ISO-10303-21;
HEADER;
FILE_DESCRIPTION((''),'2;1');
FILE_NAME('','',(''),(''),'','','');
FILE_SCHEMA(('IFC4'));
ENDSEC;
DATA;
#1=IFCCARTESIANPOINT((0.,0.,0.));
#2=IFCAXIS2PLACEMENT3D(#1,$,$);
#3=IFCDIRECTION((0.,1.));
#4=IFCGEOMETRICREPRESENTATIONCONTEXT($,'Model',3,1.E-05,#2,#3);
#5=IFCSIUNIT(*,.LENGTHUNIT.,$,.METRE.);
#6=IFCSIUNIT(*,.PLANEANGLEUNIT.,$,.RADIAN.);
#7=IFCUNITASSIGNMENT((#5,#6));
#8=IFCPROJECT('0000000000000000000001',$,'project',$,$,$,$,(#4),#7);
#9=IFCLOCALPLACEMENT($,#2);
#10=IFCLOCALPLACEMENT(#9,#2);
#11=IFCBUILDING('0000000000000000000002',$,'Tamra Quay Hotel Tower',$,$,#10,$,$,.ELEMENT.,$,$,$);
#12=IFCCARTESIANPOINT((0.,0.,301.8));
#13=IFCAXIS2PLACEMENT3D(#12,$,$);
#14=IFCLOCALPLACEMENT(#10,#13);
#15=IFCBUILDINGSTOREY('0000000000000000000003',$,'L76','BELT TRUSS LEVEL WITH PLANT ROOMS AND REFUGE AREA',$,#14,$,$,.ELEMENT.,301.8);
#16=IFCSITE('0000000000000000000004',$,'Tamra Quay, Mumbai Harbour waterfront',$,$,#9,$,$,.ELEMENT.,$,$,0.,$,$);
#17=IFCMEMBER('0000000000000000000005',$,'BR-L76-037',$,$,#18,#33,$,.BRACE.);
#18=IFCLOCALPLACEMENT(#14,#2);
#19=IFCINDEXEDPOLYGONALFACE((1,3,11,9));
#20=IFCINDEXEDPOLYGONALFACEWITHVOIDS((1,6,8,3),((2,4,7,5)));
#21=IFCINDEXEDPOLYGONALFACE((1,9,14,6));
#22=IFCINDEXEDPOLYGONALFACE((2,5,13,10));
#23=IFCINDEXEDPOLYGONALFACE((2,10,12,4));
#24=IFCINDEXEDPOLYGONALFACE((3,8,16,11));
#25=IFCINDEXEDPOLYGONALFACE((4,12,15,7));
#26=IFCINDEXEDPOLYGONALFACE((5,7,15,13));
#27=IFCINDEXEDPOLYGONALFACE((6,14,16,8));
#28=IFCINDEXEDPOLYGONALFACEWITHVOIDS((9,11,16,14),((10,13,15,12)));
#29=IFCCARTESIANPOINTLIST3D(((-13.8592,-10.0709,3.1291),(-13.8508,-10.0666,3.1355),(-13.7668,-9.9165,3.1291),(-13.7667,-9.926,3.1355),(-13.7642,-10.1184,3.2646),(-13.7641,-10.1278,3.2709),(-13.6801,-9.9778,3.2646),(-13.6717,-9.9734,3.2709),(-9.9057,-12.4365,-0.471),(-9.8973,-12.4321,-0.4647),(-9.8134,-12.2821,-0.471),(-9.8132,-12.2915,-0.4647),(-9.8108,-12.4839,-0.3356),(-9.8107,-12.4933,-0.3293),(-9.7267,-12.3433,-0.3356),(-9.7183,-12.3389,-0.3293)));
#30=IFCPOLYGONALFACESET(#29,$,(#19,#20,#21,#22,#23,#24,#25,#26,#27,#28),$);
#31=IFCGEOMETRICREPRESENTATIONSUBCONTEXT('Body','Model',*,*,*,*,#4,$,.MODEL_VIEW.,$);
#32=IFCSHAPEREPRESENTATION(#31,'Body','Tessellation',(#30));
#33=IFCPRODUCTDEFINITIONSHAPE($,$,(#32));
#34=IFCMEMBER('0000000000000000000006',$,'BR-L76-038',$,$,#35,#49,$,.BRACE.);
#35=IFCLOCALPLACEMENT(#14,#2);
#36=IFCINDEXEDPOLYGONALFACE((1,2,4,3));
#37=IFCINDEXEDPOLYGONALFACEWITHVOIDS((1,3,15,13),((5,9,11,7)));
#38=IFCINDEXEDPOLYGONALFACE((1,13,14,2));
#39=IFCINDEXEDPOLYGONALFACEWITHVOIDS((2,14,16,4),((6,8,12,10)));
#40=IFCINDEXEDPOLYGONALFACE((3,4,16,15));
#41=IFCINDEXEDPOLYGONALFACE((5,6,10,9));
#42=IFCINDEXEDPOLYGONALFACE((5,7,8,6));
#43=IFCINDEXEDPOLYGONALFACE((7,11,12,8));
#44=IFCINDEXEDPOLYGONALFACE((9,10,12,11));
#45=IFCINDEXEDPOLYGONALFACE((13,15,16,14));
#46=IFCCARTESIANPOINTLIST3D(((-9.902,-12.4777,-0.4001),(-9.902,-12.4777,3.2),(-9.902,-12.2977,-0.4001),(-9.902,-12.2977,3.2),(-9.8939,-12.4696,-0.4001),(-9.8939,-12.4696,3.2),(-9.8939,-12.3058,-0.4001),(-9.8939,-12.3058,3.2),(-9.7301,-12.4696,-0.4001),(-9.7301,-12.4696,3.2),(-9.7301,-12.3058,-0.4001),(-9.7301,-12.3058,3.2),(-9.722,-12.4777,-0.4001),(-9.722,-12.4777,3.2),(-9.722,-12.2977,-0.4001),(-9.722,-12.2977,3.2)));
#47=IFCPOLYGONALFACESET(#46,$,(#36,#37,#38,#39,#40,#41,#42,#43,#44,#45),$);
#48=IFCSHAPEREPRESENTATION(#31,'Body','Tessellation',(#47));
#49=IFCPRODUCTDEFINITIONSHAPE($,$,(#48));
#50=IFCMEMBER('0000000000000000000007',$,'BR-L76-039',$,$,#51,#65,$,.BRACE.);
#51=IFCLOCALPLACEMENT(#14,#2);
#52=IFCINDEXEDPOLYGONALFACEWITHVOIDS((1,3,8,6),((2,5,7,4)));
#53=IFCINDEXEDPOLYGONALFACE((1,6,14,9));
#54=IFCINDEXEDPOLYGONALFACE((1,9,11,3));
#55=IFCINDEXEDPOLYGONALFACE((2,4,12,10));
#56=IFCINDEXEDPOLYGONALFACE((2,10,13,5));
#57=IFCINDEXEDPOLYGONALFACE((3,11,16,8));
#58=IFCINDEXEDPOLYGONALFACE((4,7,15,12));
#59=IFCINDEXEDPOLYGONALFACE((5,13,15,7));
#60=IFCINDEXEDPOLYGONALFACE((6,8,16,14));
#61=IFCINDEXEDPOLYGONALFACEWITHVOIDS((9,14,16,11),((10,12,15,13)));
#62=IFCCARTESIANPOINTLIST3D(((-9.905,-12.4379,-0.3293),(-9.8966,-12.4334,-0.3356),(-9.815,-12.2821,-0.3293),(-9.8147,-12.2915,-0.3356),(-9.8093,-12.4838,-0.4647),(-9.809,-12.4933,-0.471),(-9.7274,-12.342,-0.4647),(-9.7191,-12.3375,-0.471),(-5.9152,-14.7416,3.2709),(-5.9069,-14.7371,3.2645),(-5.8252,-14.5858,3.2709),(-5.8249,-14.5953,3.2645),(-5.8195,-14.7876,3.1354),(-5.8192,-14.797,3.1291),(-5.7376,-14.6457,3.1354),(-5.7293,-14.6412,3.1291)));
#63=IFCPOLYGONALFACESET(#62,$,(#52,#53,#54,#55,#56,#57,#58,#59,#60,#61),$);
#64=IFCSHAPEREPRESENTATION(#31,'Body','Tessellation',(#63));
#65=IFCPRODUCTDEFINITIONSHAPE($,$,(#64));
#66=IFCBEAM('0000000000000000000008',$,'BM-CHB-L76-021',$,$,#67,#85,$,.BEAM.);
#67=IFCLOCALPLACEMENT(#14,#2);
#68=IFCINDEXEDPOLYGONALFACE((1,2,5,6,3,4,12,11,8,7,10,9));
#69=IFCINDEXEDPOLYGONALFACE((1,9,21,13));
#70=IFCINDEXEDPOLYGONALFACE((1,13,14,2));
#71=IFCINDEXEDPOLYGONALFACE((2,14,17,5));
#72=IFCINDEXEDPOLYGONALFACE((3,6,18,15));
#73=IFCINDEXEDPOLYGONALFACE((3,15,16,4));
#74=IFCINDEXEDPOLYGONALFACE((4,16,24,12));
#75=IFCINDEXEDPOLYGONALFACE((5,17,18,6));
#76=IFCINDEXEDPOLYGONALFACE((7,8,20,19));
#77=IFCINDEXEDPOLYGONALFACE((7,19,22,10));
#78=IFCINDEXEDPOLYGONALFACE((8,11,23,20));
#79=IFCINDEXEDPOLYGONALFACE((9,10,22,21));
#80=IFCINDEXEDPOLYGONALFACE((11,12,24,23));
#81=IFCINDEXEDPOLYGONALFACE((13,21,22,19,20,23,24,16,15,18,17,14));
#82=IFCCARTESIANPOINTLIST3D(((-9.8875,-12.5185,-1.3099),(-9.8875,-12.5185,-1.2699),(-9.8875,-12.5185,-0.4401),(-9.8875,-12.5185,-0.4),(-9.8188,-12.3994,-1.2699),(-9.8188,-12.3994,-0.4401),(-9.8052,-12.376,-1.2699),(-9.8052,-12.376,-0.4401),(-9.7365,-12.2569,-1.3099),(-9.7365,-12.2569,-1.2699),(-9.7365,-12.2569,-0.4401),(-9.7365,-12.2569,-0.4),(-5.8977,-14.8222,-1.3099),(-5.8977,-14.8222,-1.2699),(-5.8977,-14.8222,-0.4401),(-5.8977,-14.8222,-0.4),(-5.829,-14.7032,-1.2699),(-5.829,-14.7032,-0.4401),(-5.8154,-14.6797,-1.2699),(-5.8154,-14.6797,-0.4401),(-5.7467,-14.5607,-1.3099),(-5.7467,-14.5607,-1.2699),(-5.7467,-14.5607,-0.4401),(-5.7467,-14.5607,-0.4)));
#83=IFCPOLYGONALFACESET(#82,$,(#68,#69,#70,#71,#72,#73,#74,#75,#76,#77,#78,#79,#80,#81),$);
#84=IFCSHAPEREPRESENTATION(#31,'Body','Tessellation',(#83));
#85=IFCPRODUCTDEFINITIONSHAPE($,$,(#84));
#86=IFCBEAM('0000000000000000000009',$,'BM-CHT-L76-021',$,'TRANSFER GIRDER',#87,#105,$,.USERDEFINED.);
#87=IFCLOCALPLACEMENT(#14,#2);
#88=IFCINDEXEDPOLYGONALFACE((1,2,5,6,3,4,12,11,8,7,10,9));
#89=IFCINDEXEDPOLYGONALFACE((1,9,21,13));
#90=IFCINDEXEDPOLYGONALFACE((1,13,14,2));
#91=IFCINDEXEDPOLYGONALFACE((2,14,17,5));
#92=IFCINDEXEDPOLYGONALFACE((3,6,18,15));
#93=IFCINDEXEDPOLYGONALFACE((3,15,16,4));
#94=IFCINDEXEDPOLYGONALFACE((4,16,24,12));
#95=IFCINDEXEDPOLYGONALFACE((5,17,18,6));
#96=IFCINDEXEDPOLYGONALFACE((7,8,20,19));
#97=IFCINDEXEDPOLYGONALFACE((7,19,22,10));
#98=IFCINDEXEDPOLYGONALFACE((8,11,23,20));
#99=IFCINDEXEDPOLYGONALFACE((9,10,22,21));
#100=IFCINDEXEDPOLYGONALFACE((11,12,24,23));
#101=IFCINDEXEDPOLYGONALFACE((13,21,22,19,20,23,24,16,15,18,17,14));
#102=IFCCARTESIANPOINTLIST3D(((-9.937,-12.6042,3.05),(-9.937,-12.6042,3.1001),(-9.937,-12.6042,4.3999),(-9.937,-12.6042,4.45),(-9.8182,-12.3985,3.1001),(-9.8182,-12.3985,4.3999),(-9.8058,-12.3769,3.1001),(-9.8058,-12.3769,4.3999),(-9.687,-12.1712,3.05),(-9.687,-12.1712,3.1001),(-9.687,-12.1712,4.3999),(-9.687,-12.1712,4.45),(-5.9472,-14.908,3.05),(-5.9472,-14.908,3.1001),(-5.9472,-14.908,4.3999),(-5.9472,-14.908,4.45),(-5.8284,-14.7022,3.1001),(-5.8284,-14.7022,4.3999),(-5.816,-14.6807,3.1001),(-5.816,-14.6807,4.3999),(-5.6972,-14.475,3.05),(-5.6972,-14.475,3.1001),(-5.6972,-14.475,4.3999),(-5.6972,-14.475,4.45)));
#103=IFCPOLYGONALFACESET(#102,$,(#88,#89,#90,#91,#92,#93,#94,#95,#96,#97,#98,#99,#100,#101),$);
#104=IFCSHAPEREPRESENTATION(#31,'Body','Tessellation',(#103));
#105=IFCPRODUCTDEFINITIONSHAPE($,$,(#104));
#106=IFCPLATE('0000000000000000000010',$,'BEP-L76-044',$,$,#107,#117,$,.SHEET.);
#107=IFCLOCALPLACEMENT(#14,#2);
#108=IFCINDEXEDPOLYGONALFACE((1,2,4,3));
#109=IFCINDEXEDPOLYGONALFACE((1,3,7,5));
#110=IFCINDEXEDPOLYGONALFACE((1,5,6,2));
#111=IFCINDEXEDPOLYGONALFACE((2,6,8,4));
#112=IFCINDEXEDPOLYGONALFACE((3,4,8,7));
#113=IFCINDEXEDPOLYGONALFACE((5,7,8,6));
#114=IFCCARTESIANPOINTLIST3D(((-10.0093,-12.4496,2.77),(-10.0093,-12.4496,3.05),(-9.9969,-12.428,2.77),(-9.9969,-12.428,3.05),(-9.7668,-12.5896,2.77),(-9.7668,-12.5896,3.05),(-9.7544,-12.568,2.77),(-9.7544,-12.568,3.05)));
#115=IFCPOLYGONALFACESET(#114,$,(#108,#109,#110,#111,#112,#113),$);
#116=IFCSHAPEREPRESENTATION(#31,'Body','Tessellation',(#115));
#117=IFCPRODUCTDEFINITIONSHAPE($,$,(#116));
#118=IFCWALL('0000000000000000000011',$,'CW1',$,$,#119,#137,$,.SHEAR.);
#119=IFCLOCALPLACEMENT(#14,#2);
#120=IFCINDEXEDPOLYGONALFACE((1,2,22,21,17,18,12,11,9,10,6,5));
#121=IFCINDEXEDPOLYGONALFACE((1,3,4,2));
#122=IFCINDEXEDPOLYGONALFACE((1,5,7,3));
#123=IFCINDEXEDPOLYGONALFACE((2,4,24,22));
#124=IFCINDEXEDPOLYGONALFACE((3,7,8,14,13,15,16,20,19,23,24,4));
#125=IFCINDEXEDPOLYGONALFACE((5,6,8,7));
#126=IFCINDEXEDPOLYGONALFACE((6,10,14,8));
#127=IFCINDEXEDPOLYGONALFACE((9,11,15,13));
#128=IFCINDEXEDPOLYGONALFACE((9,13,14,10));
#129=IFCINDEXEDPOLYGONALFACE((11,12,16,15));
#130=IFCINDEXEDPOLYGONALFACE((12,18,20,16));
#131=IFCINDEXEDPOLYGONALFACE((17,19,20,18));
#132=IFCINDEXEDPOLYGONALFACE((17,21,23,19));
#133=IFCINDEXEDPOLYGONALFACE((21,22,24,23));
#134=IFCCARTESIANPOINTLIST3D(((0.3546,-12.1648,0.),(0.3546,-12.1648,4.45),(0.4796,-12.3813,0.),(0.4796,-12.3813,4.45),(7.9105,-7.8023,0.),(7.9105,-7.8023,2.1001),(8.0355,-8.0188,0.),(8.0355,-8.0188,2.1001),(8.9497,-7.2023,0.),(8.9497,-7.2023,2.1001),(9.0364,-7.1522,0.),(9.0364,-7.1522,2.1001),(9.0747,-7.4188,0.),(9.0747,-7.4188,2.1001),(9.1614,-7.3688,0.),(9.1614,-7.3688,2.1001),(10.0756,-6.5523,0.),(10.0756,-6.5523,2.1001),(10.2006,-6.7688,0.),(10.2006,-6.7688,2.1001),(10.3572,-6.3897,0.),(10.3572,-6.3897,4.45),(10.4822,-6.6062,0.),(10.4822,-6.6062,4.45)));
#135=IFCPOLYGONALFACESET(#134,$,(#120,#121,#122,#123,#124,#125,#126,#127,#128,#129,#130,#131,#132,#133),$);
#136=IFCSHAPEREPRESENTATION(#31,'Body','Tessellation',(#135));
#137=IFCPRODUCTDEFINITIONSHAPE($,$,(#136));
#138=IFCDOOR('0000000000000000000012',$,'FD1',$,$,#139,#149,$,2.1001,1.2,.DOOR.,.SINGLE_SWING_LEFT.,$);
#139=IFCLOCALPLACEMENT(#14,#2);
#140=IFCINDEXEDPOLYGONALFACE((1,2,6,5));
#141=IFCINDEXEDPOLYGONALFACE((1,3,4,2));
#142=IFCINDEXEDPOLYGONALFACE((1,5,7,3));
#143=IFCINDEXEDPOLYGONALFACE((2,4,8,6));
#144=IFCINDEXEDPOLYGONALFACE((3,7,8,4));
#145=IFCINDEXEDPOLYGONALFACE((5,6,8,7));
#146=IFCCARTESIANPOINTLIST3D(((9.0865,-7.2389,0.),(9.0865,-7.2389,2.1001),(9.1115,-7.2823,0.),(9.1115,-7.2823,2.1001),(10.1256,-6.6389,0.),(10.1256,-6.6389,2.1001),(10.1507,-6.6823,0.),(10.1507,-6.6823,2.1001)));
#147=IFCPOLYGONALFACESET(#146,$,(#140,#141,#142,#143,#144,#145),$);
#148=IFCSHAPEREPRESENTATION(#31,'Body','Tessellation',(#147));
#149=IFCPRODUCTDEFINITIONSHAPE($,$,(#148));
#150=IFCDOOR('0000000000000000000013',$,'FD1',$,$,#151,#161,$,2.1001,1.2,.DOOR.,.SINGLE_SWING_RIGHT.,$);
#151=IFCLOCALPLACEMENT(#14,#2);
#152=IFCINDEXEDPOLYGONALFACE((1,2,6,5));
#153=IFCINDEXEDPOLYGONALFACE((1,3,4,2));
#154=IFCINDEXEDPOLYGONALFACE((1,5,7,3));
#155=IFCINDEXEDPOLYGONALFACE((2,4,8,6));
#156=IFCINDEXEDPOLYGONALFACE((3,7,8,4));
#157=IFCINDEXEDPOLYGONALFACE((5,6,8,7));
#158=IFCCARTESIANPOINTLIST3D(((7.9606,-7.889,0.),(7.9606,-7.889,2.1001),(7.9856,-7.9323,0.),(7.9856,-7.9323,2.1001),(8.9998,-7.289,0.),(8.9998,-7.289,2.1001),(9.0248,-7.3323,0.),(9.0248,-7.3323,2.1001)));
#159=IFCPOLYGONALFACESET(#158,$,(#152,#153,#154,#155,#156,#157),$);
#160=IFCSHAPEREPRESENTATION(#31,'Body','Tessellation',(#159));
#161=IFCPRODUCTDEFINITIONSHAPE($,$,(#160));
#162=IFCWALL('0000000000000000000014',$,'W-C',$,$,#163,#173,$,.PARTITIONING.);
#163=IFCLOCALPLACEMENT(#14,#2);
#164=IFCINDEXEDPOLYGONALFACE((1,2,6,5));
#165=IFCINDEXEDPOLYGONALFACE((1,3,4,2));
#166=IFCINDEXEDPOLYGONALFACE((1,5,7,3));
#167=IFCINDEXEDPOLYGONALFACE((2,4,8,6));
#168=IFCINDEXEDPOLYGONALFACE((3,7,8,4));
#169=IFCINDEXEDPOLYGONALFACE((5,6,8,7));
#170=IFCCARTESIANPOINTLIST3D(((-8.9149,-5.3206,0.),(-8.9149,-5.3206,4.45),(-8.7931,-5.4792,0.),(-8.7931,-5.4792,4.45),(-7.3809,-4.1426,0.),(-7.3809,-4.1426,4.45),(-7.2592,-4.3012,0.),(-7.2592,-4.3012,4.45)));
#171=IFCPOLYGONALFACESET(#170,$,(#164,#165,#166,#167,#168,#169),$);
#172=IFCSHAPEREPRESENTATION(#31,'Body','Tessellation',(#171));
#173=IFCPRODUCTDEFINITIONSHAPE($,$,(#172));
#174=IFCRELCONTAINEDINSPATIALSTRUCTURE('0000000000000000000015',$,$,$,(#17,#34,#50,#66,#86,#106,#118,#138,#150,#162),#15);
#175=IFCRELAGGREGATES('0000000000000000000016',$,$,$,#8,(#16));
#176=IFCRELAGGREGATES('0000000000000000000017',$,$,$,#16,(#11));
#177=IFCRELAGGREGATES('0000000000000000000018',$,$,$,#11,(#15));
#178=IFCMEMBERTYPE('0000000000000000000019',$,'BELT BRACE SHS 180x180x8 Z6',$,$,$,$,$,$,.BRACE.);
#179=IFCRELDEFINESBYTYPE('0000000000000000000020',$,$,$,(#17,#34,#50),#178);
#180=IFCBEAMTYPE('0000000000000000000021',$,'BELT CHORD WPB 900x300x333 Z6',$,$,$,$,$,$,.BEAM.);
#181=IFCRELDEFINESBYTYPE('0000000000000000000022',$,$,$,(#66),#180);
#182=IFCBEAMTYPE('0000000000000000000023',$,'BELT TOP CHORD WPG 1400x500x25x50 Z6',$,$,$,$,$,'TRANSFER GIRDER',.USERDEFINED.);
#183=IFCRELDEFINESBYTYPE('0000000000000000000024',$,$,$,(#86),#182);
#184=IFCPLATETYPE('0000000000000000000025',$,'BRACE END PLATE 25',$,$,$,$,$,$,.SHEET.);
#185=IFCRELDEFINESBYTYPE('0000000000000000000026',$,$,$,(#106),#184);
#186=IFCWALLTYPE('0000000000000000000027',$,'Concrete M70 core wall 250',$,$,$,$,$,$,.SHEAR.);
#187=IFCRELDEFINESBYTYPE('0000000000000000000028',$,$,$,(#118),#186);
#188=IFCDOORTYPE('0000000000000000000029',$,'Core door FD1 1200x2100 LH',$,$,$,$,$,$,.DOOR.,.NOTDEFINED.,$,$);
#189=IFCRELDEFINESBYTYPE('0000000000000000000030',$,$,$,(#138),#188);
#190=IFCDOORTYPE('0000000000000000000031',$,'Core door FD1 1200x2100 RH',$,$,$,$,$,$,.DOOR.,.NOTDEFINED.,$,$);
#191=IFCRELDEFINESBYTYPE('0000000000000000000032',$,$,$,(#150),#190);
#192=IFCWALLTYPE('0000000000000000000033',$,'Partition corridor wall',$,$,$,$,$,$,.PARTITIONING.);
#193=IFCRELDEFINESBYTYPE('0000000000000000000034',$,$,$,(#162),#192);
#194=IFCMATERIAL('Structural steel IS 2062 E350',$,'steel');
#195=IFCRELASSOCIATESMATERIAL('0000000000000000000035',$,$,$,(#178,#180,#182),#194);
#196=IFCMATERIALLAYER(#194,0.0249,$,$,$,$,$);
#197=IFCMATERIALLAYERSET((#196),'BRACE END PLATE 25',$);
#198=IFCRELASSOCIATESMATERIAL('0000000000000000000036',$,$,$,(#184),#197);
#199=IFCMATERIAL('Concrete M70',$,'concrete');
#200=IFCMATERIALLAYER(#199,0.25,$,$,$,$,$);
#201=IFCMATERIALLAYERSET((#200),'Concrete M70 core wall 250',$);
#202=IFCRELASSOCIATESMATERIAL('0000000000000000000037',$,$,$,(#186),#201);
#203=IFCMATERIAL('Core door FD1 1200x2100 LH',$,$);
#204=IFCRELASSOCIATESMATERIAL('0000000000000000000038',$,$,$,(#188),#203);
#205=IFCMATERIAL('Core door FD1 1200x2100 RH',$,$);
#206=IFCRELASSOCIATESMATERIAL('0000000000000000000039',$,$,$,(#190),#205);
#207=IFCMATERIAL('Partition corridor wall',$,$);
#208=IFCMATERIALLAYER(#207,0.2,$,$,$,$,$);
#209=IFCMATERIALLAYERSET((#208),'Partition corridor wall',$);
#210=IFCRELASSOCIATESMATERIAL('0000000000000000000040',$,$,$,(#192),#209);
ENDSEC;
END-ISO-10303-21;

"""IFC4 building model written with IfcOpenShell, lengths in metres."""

from ifc_helpers import new_model, si_unit, direction, frame, frame_2d, origin, origin_2d, place, context, subcontext, project, spatial, rectangle, hollow_rectangle, i_section, extrude, material, layer, layer_set, material_profile, profile_set, type_object, element, fill, save


model = new_model("IFC4")

# Units and contexts
model_context = context("Model", 3, precision=1e-05, world=origin(), true_north=direction((0.0, 1.0)))
body_context = subcontext(model_context, "Body", "Model", "MODEL_VIEW")
ifc_project = project(units=[si_unit("LENGTHUNIT", "METRE"), si_unit("PLANEANGLEUNIT", "RADIAN")], contexts=[model_context])

# Site, building, storey
site_placement = place(None, origin())
site = spatial("IfcSite", under=ifc_project, at=site_placement, Name="Tamra Quay, Mumbai Harbour waterfront", CompositionType="ELEMENT", RefElevation=0.0)
building_placement = place(site_placement, origin())
building = spatial("IfcBuilding", under=site, at=building_placement, Name="Tamra Quay Hotel Tower", CompositionType="ELEMENT")
storey_placement = place(building_placement, frame((0.0, 0.0, 301.8)))
storey = spatial("IfcBuildingStorey", under=building, at=storey_placement, Name="L76", Description="BELT TRUSS LEVEL WITH PLANT ROOMS AND REFUGE AREA", CompositionType="ELEMENT", Elevation=301.8)

# Members
ifc_material_1 = material(Name="Structural steel IS 2062 E350", Category="steel")
ifc_material_profile_1 = material_profile(ifc_material_1, hollow_rectangle(XDim=0.1799, YDim=0.1799, WallThickness=0.0081, at=origin_2d()), Name="SHS 180x180x8")
ifc_profile_set_1 = profile_set([ifc_material_profile_1], Name="Structural steel IS 2062 E350")
member_type = type_object("IfcMemberType", Name="BELT BRACE SHS 180x180x8 Z6", PredefinedType="BRACE", material=ifc_profile_set_1)
member_1_placement = place(storey_placement, frame((-9.812, -12.3877, -0.4001), z_axis=(-0.676157, 0.404575, 0.615736), x_axis=(-0.513451, -0.858119, 0.0)))
element("IfcMember", 1, at=member_1_placement, inside=storey, type_object=member_type, Name="BR-L76-037", PredefinedType="BRACE", context=body_context, shape_type="SweptSolid", body=[
    extrude(hollow_rectangle(XDim=0.1799, YDim=0.1799, WallThickness=0.0081, at=origin_2d()), origin(), (0.0, 0.0, 1.0), 5.8469),
])
member_2_placement = place(storey_placement, frame((-9.812, -12.3877, -0.4001), z_axis=(0.0, 0.0, 1.0), x_axis=(1.0, 0.0, 0.0)))
element("IfcMember", 2, at=member_2_placement, inside=storey, type_object=member_type, Name="BR-L76-038", PredefinedType="BRACE", context=body_context, shape_type="SweptSolid", body=[
    extrude(hollow_rectangle(XDim=0.1799, YDim=0.1799, WallThickness=0.0081, at=origin_2d()), origin(), (0.0, 0.0, 1.0), 3.6001),
])
member_3_placement = place(storey_placement, frame((-9.812, -12.3877, -0.4001), z_axis=(0.682373, -0.394008, 0.615731), x_axis=(0.500037, 0.866004, 0.0)))
element("IfcMember", 3, at=member_3_placement, inside=storey, type_object=member_type, Name="BR-L76-039", PredefinedType="BRACE", context=body_context, shape_type="SweptSolid", body=[
    extrude(hollow_rectangle(XDim=0.1799, YDim=0.1799, WallThickness=0.0081, at=origin_2d()), origin(), (0.0, 0.0, 1.0), 5.8469),
])

# Beams
ifc_material_profile_2 = material_profile(ifc_material_1, i_section(OverallWidth=0.302, OverallDepth=0.9099, WebThickness=0.0271, FlangeThickness=0.04, at=origin_2d()), Name="WPB 900x300x333")
ifc_profile_set_2 = profile_set([ifc_material_profile_2], Name="Structural steel IS 2062 E350")
beam_type_1 = type_object("IfcBeamType", Name="BELT CHORD WPB 900x300x333 Z6", PredefinedType="BEAM", material=ifc_profile_set_2)
beam_1_placement = place(storey_placement, frame((-9.812, -12.3877, -0.855), z_axis=(0.866004, -0.500037, 0.0), x_axis=(0.500037, 0.866004, 0.0)))
element("IfcBeam", 4, at=beam_1_placement, inside=storey, type_object=beam_type_1, Name="BM-CHB-L76-021", PredefinedType="BEAM", context=body_context, shape_type="SweptSolid", body=[
    extrude(i_section(OverallWidth=0.302, OverallDepth=0.9099, WebThickness=0.0271, FlangeThickness=0.04, at=origin_2d()), origin(), (0.0, 0.0, 1.0), 4.6072),
])
ifc_material_profile_3 = material_profile(ifc_material_1, i_section(OverallWidth=0.5, OverallDepth=1.3999, WebThickness=0.0249, FlangeThickness=0.05, at=origin_2d()), Name="WPG 1400x500x25x50")
ifc_profile_set_3 = profile_set([ifc_material_profile_3], Name="Structural steel IS 2062 E350")
beam_type_2 = type_object("IfcBeamType", Name="BELT TOP CHORD WPG 1400x500x25x50 Z6", ElementType="TRANSFER GIRDER", PredefinedType="USERDEFINED", material=ifc_profile_set_3)
beam_2_placement = place(storey_placement, frame((-9.812, -12.3877, 3.75), z_axis=(0.866004, -0.500037, 0.0), x_axis=(0.500037, 0.866004, 0.0)))
element("IfcBeam", 5, at=beam_2_placement, inside=storey, type_object=beam_type_2, Name="BM-CHT-L76-021", ObjectType="TRANSFER GIRDER", PredefinedType="USERDEFINED", context=body_context, shape_type="SweptSolid", body=[
    extrude(i_section(OverallWidth=0.5, OverallDepth=1.3999, WebThickness=0.0249, FlangeThickness=0.05, at=origin_2d()), origin(), (0.0, 0.0, 1.0), 4.6072),
])

# Plate
ifc_layer_1 = layer(ifc_material_1, 0.0249)
ifc_layer_set_1 = layer_set([ifc_layer_1], Name="BRACE END PLATE 25")
plate_type = type_object("IfcPlateType", Name="BRACE END PLATE 25", PredefinedType="SHEET", material=ifc_layer_set_1)
plate_placement = place(storey_placement, frame((-9.8818, -12.5088, 2.77), z_axis=(0.0, 0.0, 1.0), x_axis=(0.499998, 0.866026, 0.0)))
element("IfcPlate", 6, at=plate_placement, inside=storey, type_object=plate_type, Name="BEP-L76-044", PredefinedType="SHEET", context=body_context, shape_type="SweptSolid", body=[
    extrude(rectangle(XDim=0.0249, YDim=0.28, at=origin_2d()), origin(), (0.0, 0.0, 1.0), 0.28),
])

# Wall, openings, doors
ifc_material_2 = material(Name="Concrete M70", Category="concrete")
ifc_layer_2 = layer(ifc_material_2, 0.25)
ifc_layer_set_2 = layer_set([ifc_layer_2], Name="Concrete M70 core wall 250")
wall_type_1 = type_object("IfcWallType", Name="Concrete M70 core wall 250", PredefinedType="SHEAR", material=ifc_layer_set_2)
wall_1_placement = place(storey_placement, frame((0.4172, -12.2729, 0.0), z_axis=(0.0, 0.0, 1.0), x_axis=(0.866022, 0.500006, 0.0)))
wall_1 = element("IfcWall", 7, at=wall_1_placement, inside=storey, type_object=wall_type_1, Name="CW1", PredefinedType="SHEAR", context=body_context, shape_type="SweptSolid", body=[
    extrude(rectangle(XDim=11.55, YDim=0.25, at=frame_2d((5.7749, 0.0))), origin(), (0.0, 0.0, 1.0), 4.45),
])
opening_1_placement = place(wall_1_placement, frame((10.0247, 0.0, 0.0)))
opening_1 = element("IfcOpeningElement", 8, at=opening_1_placement, cuts=wall_1, PredefinedType="OPENING", context=body_context, shape_type="SweptSolid", body=[
    extrude(rectangle(XDim=1.2, YDim=2.1001, at=frame_2d((0.6001, 1.05))), frame((0.0, 0.135, 0.0), z_axis=(0.0, -1.0, 0.0), x_axis=(1.0, 0.0, 0.0)), (0.0, 0.0, 1.0), 0.27),
])
opening_2_placement = place(wall_1_placement, frame((8.7246, 0.0, 0.0)))
opening_2 = element("IfcOpeningElement", 9, at=opening_2_placement, cuts=wall_1, PredefinedType="OPENING", context=body_context, shape_type="SweptSolid", body=[
    extrude(rectangle(XDim=1.2, YDim=2.1001, at=frame_2d((0.6001, 1.05))), frame((0.0, 0.135, 0.0), z_axis=(0.0, -1.0, 0.0), x_axis=(1.0, 0.0, 0.0)), (0.0, 0.0, 1.0), 0.27),
])
ifc_material_3 = material(Name="Core door FD1 1200x2100 LH")
door_type_1 = type_object("IfcDoorType", Name="Core door FD1 1200x2100 LH", OperationType="NOTDEFINED", PredefinedType="DOOR", material=ifc_material_3)
door_1_placement = place(opening_1_placement, origin())
door_1 = element("IfcDoor", 10, at=door_1_placement, inside=storey, type_object=door_type_1, Name="FD1", OperationType="SINGLE_SWING_LEFT", OverallHeight=2.1001, OverallWidth=1.2, PredefinedType="DOOR", context=body_context, shape_type="SweptSolid", body=[
    extrude(rectangle(XDim=1.2, YDim=2.1001, at=frame_2d((0.6001, 1.05))), frame((0.0, 0.0249, 0.0), z_axis=(0.0, -1.0, 0.0), x_axis=(1.0, 0.0, 0.0)), (0.0, 0.0, 1.0), 0.05),
])
fill(opening_1, door_1)
ifc_material_4 = material(Name="Core door FD1 1200x2100 RH")
door_type_2 = type_object("IfcDoorType", Name="Core door FD1 1200x2100 RH", OperationType="NOTDEFINED", PredefinedType="DOOR", material=ifc_material_4)
door_2_placement = place(opening_2_placement, origin())
door_2 = element("IfcDoor", 11, at=door_2_placement, inside=storey, type_object=door_type_2, Name="FD1", OperationType="SINGLE_SWING_RIGHT", OverallHeight=2.1001, OverallWidth=1.2, PredefinedType="DOOR", context=body_context, shape_type="SweptSolid", body=[
    extrude(rectangle(XDim=1.2, YDim=2.1001, at=frame_2d((0.6001, 1.05))), frame((0.0, 0.0249, 0.0), z_axis=(0.0, -1.0, 0.0), x_axis=(1.0, 0.0, 0.0)), (0.0, 0.0, 1.0), 0.05),
])
fill(opening_2, door_2)

# Wall
ifc_material_5 = material(Name="Partition corridor wall")
ifc_layer_3 = layer(ifc_material_5, 0.2)
ifc_layer_set_3 = layer_set([ifc_layer_3], Name="Partition corridor wall")
wall_type_2 = type_object("IfcWallType", Name="Partition corridor wall", PredefinedType="PARTITIONING", material=ifc_layer_set_3)
wall_2_placement = place(storey_placement, frame((-8.854, -5.3999, 0.0), z_axis=(0.0, 0.0, 1.0), x_axis=(0.793116, 0.60907, 0.0)))
element("IfcWall", 12, at=wall_2_placement, inside=storey, type_object=wall_type_2, Name="W-C", PredefinedType="PARTITIONING", context=body_context, shape_type="SweptSolid", body=[
    extrude(rectangle(XDim=1.9341, YDim=0.2, at=frame_2d((0.967, 0.0))), origin(), (0.0, 0.0, 1.0), 4.45),
])

save(model, "model.ifc")
